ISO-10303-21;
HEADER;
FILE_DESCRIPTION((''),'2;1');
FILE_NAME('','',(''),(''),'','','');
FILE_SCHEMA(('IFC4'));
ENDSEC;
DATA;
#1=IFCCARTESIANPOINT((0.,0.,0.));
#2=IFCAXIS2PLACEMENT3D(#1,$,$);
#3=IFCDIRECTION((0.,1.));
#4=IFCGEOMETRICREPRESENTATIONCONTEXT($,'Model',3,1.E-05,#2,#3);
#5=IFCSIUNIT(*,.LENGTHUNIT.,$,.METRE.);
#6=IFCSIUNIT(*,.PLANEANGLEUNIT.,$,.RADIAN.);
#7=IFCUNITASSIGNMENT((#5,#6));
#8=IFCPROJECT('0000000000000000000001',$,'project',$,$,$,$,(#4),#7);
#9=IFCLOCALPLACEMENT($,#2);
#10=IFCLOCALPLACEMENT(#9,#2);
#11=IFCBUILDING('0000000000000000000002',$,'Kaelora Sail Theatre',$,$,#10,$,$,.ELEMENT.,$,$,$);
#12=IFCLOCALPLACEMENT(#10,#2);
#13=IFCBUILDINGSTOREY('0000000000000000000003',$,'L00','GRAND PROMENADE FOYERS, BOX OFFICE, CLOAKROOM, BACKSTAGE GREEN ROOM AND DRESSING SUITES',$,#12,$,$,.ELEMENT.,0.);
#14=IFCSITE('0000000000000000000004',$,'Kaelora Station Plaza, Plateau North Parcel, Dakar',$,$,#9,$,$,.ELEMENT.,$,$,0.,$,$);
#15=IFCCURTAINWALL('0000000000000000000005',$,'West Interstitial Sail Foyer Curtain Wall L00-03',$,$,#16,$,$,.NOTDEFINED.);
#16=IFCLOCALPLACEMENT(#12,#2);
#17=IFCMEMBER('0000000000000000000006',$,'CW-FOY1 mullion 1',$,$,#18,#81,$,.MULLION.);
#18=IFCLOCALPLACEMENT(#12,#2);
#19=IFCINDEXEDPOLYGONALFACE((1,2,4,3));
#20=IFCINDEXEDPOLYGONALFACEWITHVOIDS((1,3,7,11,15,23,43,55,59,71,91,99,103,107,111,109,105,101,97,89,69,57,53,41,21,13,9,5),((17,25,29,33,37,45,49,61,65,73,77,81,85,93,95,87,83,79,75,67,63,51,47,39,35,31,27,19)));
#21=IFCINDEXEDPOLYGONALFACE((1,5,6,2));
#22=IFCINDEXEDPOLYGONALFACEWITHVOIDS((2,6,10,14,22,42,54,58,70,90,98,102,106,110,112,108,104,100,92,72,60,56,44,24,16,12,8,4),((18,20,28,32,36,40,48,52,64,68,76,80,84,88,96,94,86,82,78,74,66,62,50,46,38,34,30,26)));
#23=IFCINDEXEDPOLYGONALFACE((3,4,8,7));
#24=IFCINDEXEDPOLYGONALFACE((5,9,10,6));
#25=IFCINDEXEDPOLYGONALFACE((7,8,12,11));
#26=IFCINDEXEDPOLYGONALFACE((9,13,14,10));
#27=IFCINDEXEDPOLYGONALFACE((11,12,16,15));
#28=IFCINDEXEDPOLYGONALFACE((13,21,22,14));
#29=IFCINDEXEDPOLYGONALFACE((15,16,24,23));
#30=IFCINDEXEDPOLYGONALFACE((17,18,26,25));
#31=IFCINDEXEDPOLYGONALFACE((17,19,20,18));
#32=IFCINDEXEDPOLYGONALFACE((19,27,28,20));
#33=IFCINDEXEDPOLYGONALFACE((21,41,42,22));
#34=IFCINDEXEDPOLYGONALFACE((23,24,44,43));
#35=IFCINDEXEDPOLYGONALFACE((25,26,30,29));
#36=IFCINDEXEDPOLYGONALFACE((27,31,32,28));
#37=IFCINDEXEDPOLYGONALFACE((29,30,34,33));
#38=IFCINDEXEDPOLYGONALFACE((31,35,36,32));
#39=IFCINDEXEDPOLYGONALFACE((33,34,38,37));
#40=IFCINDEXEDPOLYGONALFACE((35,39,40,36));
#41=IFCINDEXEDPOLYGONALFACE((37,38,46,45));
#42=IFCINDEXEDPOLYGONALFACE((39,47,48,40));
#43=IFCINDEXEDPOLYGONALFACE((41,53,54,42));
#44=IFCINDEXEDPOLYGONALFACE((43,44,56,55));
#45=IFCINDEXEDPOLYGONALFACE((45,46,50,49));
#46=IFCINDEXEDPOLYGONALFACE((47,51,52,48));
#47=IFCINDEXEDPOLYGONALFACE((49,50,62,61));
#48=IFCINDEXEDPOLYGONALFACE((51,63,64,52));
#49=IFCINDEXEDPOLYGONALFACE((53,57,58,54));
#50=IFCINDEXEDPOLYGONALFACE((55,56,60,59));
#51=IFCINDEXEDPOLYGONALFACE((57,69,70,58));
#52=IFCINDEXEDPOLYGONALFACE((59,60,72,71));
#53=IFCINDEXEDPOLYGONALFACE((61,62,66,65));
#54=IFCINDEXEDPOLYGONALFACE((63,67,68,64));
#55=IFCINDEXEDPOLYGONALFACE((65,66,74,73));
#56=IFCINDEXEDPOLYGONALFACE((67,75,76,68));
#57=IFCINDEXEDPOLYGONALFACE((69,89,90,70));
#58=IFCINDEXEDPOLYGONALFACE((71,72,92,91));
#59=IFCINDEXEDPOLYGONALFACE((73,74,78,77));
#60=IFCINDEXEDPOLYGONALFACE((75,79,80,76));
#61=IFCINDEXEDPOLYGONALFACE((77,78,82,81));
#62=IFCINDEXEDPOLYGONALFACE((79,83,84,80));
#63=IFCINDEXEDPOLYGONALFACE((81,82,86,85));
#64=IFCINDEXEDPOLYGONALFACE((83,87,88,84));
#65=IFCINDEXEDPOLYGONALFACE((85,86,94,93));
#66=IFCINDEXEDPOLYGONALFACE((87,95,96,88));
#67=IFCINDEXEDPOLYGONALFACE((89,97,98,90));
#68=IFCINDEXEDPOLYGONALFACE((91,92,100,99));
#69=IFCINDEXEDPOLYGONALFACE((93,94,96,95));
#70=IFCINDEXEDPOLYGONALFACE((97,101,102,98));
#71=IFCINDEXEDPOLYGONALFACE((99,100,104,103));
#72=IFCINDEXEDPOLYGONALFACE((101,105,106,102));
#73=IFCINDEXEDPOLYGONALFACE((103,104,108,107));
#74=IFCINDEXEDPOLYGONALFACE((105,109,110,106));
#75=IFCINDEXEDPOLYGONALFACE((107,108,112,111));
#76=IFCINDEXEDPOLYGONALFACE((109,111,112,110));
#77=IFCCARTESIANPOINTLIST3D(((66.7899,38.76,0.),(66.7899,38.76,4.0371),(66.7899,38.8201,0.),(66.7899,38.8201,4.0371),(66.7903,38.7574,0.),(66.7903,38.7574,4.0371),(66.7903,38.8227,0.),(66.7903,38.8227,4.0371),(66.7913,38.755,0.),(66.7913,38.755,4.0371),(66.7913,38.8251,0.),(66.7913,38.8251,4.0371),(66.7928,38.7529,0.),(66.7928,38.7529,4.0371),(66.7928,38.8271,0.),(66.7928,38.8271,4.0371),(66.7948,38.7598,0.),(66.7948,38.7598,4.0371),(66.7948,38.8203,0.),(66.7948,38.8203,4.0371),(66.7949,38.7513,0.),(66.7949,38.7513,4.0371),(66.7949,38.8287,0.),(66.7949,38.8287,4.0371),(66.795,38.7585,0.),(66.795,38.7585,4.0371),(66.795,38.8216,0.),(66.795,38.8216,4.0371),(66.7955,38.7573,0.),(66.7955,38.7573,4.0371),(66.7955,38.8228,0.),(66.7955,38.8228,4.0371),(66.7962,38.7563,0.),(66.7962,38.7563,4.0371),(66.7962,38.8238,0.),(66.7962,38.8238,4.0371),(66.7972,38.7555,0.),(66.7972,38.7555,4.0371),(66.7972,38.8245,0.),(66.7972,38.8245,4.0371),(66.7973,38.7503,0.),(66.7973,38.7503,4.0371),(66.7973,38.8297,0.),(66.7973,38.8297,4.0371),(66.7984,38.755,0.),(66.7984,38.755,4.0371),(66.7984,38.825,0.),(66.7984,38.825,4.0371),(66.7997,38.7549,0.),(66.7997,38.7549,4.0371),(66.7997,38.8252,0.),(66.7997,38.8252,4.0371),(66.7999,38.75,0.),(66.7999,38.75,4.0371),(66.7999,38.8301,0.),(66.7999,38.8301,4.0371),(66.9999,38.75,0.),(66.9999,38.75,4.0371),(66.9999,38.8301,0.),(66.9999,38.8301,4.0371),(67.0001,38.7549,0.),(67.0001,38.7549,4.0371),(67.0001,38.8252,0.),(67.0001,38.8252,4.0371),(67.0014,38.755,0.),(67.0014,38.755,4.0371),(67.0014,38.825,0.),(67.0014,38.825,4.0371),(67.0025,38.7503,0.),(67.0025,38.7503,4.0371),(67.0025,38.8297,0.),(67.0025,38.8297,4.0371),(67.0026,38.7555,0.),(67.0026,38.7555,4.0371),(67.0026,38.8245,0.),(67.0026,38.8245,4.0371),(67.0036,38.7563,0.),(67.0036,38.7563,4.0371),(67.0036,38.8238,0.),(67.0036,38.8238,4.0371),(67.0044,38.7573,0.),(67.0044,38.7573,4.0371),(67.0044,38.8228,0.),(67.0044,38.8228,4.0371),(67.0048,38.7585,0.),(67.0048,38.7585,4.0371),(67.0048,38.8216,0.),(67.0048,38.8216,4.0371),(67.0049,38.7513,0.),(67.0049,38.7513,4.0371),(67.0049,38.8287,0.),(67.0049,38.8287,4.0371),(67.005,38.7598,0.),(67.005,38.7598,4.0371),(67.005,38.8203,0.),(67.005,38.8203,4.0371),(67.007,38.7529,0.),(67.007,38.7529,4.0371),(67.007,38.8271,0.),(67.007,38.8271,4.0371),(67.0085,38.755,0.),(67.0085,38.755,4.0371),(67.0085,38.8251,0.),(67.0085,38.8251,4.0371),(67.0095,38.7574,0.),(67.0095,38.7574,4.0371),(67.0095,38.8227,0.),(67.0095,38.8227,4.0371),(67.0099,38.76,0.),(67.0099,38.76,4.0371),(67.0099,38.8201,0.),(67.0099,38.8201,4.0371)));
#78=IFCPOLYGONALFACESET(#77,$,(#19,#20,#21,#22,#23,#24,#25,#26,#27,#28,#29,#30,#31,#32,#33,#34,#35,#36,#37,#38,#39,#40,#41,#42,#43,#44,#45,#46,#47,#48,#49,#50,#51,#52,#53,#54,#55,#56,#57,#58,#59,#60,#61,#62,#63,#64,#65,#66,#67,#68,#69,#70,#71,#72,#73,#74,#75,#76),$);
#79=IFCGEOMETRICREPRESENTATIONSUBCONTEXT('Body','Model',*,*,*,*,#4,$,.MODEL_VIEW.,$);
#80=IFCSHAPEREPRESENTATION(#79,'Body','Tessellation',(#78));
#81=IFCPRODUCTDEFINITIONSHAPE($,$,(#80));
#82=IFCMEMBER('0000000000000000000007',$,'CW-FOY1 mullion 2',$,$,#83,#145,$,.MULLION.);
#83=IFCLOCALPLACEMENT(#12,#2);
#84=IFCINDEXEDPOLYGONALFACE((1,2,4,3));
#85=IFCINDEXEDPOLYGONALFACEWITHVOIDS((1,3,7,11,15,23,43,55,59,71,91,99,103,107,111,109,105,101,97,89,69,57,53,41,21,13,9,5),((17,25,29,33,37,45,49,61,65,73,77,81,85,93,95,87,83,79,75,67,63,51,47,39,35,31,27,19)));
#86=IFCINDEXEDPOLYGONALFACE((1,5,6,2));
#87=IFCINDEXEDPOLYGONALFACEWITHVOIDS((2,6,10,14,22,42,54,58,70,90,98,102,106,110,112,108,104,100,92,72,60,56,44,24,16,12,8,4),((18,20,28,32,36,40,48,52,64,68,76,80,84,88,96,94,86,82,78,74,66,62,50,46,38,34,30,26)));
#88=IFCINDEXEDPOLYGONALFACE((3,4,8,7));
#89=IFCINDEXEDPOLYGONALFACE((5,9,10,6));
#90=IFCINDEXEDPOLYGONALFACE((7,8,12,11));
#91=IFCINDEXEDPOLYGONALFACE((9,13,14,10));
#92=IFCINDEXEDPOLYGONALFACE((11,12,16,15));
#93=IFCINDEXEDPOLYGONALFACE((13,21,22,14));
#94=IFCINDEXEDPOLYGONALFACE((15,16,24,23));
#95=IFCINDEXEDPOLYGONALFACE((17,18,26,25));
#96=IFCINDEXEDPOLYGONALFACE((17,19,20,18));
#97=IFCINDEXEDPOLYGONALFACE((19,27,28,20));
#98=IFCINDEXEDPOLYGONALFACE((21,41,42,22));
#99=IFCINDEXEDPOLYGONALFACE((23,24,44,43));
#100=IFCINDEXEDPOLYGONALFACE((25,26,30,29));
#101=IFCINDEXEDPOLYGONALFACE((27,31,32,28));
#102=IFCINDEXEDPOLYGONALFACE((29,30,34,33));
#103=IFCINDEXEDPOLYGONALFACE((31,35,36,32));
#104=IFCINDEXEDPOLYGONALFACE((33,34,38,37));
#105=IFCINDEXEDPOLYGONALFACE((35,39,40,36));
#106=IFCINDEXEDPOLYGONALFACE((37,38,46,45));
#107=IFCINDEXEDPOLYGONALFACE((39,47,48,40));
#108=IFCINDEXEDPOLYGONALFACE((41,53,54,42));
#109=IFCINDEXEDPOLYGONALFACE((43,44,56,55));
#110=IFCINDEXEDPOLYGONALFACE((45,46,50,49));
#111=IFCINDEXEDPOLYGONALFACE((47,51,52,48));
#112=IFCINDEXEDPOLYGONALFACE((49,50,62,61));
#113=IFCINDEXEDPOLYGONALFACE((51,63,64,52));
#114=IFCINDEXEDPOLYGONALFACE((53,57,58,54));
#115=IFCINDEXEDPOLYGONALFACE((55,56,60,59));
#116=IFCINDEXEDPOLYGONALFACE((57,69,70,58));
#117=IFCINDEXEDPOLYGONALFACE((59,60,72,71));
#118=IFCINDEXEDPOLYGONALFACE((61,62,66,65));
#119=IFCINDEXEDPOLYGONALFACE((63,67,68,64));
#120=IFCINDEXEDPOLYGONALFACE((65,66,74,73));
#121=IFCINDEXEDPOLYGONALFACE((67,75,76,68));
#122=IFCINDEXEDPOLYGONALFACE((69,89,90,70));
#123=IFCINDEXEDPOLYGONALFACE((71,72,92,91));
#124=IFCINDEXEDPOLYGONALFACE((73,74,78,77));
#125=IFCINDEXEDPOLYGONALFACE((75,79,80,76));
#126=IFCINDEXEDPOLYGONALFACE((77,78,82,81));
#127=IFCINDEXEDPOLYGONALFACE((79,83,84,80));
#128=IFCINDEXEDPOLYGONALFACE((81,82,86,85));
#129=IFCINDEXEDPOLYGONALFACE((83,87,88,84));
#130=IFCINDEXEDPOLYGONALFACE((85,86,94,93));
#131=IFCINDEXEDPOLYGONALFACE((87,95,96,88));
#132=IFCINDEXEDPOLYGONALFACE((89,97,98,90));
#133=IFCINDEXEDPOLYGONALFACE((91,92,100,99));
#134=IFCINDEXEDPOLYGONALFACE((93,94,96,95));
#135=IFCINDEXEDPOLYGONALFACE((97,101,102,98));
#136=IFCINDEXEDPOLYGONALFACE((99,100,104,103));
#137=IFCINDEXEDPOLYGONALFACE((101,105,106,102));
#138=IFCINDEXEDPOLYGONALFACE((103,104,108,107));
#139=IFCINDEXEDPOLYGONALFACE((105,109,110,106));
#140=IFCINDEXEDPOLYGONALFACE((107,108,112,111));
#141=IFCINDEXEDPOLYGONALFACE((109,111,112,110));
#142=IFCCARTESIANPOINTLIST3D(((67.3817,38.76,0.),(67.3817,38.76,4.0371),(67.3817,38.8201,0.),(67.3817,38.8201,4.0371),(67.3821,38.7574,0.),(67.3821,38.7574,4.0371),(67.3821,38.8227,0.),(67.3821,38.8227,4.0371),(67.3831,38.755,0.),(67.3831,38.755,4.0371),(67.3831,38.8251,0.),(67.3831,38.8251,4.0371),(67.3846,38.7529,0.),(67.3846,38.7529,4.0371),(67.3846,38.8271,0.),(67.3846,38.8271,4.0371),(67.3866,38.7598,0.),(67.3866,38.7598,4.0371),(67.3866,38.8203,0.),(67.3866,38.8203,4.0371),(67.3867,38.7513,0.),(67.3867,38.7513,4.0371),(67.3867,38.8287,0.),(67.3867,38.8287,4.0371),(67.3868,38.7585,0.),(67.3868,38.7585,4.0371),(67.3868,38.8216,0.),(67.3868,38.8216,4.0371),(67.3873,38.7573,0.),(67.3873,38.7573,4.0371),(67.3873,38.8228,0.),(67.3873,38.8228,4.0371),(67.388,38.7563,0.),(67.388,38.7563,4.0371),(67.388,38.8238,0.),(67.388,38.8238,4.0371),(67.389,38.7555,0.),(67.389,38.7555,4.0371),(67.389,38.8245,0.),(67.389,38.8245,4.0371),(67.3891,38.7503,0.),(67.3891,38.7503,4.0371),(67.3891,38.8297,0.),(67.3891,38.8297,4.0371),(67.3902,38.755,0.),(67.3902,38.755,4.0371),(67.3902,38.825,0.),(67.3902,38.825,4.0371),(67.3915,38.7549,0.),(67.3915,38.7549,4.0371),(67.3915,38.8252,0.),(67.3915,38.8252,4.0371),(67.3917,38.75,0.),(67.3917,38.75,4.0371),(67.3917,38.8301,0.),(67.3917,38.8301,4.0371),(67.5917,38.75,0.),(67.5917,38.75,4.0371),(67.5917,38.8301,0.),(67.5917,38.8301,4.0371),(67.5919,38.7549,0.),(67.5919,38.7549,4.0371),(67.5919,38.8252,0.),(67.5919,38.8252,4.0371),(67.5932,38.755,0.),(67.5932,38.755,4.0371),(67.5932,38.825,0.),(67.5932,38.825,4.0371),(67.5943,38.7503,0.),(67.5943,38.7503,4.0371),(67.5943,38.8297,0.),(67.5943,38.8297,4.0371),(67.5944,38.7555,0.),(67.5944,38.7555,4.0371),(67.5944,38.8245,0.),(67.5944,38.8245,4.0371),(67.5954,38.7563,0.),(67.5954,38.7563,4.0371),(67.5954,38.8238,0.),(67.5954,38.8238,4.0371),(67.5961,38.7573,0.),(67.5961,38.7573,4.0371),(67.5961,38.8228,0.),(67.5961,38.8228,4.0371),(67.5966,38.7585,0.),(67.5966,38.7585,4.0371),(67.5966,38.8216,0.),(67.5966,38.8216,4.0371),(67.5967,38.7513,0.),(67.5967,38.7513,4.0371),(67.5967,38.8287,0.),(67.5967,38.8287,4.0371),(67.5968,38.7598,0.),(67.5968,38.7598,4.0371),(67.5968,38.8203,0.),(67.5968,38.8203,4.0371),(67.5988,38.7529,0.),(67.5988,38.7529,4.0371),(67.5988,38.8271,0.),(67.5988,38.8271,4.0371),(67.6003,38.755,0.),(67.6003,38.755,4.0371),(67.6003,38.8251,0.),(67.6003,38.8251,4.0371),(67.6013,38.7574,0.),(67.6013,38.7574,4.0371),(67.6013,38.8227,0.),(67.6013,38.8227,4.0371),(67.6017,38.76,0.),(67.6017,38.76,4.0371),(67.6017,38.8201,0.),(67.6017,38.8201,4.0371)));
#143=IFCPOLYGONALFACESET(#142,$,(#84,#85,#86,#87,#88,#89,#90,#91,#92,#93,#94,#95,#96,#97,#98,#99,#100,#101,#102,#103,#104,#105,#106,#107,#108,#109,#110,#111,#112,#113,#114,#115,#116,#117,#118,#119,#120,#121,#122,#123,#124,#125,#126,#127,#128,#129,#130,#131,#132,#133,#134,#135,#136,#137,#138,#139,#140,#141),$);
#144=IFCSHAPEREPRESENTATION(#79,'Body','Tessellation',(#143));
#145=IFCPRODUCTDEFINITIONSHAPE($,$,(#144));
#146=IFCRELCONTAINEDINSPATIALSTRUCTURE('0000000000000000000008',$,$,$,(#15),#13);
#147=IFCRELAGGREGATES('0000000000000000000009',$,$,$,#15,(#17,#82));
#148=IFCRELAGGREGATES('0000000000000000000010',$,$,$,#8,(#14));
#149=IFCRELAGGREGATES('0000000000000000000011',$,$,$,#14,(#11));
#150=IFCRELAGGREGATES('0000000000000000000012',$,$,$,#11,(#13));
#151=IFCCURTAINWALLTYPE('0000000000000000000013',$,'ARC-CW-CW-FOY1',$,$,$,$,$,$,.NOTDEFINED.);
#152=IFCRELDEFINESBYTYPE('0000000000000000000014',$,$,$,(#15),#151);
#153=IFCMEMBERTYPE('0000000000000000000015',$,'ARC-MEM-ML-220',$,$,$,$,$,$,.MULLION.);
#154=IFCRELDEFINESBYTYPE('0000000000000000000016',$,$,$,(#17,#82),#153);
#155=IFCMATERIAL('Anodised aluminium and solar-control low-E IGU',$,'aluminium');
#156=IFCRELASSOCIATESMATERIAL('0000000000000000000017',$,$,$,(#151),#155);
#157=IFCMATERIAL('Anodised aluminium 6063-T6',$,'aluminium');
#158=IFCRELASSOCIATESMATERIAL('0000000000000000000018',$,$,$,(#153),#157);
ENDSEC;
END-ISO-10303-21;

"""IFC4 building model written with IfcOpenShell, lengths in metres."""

from ifc_helpers import new_model, si_unit, direction, frame, origin, origin_2d, place, context, subcontext, project, spatial, hollow_rectangle, extrude, material, material_profile, profile_set, type_object, element, aggregate, save


model = new_model("IFC4")

# Units and contexts
model_context = context("Model", 3, precision=1e-05, world=origin(), true_north=direction((0.0, 1.0)))
body_context = subcontext(model_context, "Body", "Model", "MODEL_VIEW")
ifc_project = project(units=[si_unit("LENGTHUNIT", "METRE"), si_unit("PLANEANGLEUNIT", "RADIAN")], contexts=[model_context])

# Site, building, storey
site_placement = place(None, origin())
site = spatial("IfcSite", under=ifc_project, at=site_placement, Name="Kaelora Station Plaza, Plateau North Parcel, Dakar", CompositionType="ELEMENT", RefElevation=0.0)
building_placement = place(site_placement, origin())
building = spatial("IfcBuilding", under=site, at=building_placement, Name="Kaelora Sail Theatre", CompositionType="ELEMENT")
storey_placement = place(building_placement, origin())
storey = spatial("IfcBuildingStorey", under=building, at=storey_placement, Name="L00", Description="GRAND PROMENADE FOYERS, BOX OFFICE, CLOAKROOM, BACKSTAGE GREEN ROOM AND DRESSING SUITES", CompositionType="ELEMENT", Elevation=0.0)

# Curtain wall, members
ifc_material_1 = material(Name="Anodised aluminium and solar-control low-E IGU", Category="aluminium")
curtain_wall_type = type_object("IfcCurtainWallType", Name="ARC-CW-CW-FOY1", PredefinedType="NOTDEFINED", material=ifc_material_1)
ifc_material_2 = material(Name="Anodised aluminium 6063-T6", Category="aluminium")
ifc_material_profile_1 = material_profile(ifc_material_2, hollow_rectangle(XDim=0.0801, YDim=0.22, WallThickness=0.0049, InnerFilletRadius=0.0049, OuterFilletRadius=0.01, at=origin_2d()), Name="ALU-MULL 80x220x5")
ifc_profile_set_1 = profile_set([ifc_material_profile_1], Name="Anodised aluminium 6063-T6")
member_type_1 = type_object("IfcMemberType", Name="ARC-MEM-ML-220", PredefinedType="MULLION", material=ifc_profile_set_1)
curtain_wall_1_placement = place(storey_placement, origin())
curtain_wall_1 = element("IfcCurtainWall", 1, at=curtain_wall_1_placement, inside=storey, type_object=curtain_wall_type, Name="West Interstitial Sail Foyer Curtain Wall L00-03", PredefinedType="NOTDEFINED")
member_1_placement = place(storey_placement, frame((66.8999, 38.79, 0.0), z_axis=(0.0, 0.0, 1.0), x_axis=(0.0, 1.0, 0.0)))
member_1 = element("IfcMember", 2, at=member_1_placement, type_object=member_type_1, Name="CW-FOY1 mullion 1", PredefinedType="MULLION", context=body_context, shape_type="SweptSolid", body=[
    extrude(hollow_rectangle(XDim=0.0801, YDim=0.22, WallThickness=0.0049, InnerFilletRadius=0.0049, OuterFilletRadius=0.01, at=origin_2d()), origin(), (0.0, 0.0, 1.0), 4.0371),
])
member_2_placement = place(storey_placement, frame((67.4917, 38.79, 0.0), z_axis=(0.0, 0.0, 1.0), x_axis=(0.0, 1.0, 0.0)))
member_2 = element("IfcMember", 3, at=member_2_placement, type_object=member_type_1, Name="CW-FOY1 mullion 2", PredefinedType="MULLION", context=body_context, shape_type="SweptSolid", body=[
    extrude(hollow_rectangle(XDim=0.0801, YDim=0.22, WallThickness=0.0049, InnerFilletRadius=0.0049, OuterFilletRadius=0.01, at=origin_2d()), origin(), (0.0, 0.0, 1.0), 4.0371),
])

aggregate(curtain_wall_1, [member_1, member_2])

save(model, "model.ifc")
